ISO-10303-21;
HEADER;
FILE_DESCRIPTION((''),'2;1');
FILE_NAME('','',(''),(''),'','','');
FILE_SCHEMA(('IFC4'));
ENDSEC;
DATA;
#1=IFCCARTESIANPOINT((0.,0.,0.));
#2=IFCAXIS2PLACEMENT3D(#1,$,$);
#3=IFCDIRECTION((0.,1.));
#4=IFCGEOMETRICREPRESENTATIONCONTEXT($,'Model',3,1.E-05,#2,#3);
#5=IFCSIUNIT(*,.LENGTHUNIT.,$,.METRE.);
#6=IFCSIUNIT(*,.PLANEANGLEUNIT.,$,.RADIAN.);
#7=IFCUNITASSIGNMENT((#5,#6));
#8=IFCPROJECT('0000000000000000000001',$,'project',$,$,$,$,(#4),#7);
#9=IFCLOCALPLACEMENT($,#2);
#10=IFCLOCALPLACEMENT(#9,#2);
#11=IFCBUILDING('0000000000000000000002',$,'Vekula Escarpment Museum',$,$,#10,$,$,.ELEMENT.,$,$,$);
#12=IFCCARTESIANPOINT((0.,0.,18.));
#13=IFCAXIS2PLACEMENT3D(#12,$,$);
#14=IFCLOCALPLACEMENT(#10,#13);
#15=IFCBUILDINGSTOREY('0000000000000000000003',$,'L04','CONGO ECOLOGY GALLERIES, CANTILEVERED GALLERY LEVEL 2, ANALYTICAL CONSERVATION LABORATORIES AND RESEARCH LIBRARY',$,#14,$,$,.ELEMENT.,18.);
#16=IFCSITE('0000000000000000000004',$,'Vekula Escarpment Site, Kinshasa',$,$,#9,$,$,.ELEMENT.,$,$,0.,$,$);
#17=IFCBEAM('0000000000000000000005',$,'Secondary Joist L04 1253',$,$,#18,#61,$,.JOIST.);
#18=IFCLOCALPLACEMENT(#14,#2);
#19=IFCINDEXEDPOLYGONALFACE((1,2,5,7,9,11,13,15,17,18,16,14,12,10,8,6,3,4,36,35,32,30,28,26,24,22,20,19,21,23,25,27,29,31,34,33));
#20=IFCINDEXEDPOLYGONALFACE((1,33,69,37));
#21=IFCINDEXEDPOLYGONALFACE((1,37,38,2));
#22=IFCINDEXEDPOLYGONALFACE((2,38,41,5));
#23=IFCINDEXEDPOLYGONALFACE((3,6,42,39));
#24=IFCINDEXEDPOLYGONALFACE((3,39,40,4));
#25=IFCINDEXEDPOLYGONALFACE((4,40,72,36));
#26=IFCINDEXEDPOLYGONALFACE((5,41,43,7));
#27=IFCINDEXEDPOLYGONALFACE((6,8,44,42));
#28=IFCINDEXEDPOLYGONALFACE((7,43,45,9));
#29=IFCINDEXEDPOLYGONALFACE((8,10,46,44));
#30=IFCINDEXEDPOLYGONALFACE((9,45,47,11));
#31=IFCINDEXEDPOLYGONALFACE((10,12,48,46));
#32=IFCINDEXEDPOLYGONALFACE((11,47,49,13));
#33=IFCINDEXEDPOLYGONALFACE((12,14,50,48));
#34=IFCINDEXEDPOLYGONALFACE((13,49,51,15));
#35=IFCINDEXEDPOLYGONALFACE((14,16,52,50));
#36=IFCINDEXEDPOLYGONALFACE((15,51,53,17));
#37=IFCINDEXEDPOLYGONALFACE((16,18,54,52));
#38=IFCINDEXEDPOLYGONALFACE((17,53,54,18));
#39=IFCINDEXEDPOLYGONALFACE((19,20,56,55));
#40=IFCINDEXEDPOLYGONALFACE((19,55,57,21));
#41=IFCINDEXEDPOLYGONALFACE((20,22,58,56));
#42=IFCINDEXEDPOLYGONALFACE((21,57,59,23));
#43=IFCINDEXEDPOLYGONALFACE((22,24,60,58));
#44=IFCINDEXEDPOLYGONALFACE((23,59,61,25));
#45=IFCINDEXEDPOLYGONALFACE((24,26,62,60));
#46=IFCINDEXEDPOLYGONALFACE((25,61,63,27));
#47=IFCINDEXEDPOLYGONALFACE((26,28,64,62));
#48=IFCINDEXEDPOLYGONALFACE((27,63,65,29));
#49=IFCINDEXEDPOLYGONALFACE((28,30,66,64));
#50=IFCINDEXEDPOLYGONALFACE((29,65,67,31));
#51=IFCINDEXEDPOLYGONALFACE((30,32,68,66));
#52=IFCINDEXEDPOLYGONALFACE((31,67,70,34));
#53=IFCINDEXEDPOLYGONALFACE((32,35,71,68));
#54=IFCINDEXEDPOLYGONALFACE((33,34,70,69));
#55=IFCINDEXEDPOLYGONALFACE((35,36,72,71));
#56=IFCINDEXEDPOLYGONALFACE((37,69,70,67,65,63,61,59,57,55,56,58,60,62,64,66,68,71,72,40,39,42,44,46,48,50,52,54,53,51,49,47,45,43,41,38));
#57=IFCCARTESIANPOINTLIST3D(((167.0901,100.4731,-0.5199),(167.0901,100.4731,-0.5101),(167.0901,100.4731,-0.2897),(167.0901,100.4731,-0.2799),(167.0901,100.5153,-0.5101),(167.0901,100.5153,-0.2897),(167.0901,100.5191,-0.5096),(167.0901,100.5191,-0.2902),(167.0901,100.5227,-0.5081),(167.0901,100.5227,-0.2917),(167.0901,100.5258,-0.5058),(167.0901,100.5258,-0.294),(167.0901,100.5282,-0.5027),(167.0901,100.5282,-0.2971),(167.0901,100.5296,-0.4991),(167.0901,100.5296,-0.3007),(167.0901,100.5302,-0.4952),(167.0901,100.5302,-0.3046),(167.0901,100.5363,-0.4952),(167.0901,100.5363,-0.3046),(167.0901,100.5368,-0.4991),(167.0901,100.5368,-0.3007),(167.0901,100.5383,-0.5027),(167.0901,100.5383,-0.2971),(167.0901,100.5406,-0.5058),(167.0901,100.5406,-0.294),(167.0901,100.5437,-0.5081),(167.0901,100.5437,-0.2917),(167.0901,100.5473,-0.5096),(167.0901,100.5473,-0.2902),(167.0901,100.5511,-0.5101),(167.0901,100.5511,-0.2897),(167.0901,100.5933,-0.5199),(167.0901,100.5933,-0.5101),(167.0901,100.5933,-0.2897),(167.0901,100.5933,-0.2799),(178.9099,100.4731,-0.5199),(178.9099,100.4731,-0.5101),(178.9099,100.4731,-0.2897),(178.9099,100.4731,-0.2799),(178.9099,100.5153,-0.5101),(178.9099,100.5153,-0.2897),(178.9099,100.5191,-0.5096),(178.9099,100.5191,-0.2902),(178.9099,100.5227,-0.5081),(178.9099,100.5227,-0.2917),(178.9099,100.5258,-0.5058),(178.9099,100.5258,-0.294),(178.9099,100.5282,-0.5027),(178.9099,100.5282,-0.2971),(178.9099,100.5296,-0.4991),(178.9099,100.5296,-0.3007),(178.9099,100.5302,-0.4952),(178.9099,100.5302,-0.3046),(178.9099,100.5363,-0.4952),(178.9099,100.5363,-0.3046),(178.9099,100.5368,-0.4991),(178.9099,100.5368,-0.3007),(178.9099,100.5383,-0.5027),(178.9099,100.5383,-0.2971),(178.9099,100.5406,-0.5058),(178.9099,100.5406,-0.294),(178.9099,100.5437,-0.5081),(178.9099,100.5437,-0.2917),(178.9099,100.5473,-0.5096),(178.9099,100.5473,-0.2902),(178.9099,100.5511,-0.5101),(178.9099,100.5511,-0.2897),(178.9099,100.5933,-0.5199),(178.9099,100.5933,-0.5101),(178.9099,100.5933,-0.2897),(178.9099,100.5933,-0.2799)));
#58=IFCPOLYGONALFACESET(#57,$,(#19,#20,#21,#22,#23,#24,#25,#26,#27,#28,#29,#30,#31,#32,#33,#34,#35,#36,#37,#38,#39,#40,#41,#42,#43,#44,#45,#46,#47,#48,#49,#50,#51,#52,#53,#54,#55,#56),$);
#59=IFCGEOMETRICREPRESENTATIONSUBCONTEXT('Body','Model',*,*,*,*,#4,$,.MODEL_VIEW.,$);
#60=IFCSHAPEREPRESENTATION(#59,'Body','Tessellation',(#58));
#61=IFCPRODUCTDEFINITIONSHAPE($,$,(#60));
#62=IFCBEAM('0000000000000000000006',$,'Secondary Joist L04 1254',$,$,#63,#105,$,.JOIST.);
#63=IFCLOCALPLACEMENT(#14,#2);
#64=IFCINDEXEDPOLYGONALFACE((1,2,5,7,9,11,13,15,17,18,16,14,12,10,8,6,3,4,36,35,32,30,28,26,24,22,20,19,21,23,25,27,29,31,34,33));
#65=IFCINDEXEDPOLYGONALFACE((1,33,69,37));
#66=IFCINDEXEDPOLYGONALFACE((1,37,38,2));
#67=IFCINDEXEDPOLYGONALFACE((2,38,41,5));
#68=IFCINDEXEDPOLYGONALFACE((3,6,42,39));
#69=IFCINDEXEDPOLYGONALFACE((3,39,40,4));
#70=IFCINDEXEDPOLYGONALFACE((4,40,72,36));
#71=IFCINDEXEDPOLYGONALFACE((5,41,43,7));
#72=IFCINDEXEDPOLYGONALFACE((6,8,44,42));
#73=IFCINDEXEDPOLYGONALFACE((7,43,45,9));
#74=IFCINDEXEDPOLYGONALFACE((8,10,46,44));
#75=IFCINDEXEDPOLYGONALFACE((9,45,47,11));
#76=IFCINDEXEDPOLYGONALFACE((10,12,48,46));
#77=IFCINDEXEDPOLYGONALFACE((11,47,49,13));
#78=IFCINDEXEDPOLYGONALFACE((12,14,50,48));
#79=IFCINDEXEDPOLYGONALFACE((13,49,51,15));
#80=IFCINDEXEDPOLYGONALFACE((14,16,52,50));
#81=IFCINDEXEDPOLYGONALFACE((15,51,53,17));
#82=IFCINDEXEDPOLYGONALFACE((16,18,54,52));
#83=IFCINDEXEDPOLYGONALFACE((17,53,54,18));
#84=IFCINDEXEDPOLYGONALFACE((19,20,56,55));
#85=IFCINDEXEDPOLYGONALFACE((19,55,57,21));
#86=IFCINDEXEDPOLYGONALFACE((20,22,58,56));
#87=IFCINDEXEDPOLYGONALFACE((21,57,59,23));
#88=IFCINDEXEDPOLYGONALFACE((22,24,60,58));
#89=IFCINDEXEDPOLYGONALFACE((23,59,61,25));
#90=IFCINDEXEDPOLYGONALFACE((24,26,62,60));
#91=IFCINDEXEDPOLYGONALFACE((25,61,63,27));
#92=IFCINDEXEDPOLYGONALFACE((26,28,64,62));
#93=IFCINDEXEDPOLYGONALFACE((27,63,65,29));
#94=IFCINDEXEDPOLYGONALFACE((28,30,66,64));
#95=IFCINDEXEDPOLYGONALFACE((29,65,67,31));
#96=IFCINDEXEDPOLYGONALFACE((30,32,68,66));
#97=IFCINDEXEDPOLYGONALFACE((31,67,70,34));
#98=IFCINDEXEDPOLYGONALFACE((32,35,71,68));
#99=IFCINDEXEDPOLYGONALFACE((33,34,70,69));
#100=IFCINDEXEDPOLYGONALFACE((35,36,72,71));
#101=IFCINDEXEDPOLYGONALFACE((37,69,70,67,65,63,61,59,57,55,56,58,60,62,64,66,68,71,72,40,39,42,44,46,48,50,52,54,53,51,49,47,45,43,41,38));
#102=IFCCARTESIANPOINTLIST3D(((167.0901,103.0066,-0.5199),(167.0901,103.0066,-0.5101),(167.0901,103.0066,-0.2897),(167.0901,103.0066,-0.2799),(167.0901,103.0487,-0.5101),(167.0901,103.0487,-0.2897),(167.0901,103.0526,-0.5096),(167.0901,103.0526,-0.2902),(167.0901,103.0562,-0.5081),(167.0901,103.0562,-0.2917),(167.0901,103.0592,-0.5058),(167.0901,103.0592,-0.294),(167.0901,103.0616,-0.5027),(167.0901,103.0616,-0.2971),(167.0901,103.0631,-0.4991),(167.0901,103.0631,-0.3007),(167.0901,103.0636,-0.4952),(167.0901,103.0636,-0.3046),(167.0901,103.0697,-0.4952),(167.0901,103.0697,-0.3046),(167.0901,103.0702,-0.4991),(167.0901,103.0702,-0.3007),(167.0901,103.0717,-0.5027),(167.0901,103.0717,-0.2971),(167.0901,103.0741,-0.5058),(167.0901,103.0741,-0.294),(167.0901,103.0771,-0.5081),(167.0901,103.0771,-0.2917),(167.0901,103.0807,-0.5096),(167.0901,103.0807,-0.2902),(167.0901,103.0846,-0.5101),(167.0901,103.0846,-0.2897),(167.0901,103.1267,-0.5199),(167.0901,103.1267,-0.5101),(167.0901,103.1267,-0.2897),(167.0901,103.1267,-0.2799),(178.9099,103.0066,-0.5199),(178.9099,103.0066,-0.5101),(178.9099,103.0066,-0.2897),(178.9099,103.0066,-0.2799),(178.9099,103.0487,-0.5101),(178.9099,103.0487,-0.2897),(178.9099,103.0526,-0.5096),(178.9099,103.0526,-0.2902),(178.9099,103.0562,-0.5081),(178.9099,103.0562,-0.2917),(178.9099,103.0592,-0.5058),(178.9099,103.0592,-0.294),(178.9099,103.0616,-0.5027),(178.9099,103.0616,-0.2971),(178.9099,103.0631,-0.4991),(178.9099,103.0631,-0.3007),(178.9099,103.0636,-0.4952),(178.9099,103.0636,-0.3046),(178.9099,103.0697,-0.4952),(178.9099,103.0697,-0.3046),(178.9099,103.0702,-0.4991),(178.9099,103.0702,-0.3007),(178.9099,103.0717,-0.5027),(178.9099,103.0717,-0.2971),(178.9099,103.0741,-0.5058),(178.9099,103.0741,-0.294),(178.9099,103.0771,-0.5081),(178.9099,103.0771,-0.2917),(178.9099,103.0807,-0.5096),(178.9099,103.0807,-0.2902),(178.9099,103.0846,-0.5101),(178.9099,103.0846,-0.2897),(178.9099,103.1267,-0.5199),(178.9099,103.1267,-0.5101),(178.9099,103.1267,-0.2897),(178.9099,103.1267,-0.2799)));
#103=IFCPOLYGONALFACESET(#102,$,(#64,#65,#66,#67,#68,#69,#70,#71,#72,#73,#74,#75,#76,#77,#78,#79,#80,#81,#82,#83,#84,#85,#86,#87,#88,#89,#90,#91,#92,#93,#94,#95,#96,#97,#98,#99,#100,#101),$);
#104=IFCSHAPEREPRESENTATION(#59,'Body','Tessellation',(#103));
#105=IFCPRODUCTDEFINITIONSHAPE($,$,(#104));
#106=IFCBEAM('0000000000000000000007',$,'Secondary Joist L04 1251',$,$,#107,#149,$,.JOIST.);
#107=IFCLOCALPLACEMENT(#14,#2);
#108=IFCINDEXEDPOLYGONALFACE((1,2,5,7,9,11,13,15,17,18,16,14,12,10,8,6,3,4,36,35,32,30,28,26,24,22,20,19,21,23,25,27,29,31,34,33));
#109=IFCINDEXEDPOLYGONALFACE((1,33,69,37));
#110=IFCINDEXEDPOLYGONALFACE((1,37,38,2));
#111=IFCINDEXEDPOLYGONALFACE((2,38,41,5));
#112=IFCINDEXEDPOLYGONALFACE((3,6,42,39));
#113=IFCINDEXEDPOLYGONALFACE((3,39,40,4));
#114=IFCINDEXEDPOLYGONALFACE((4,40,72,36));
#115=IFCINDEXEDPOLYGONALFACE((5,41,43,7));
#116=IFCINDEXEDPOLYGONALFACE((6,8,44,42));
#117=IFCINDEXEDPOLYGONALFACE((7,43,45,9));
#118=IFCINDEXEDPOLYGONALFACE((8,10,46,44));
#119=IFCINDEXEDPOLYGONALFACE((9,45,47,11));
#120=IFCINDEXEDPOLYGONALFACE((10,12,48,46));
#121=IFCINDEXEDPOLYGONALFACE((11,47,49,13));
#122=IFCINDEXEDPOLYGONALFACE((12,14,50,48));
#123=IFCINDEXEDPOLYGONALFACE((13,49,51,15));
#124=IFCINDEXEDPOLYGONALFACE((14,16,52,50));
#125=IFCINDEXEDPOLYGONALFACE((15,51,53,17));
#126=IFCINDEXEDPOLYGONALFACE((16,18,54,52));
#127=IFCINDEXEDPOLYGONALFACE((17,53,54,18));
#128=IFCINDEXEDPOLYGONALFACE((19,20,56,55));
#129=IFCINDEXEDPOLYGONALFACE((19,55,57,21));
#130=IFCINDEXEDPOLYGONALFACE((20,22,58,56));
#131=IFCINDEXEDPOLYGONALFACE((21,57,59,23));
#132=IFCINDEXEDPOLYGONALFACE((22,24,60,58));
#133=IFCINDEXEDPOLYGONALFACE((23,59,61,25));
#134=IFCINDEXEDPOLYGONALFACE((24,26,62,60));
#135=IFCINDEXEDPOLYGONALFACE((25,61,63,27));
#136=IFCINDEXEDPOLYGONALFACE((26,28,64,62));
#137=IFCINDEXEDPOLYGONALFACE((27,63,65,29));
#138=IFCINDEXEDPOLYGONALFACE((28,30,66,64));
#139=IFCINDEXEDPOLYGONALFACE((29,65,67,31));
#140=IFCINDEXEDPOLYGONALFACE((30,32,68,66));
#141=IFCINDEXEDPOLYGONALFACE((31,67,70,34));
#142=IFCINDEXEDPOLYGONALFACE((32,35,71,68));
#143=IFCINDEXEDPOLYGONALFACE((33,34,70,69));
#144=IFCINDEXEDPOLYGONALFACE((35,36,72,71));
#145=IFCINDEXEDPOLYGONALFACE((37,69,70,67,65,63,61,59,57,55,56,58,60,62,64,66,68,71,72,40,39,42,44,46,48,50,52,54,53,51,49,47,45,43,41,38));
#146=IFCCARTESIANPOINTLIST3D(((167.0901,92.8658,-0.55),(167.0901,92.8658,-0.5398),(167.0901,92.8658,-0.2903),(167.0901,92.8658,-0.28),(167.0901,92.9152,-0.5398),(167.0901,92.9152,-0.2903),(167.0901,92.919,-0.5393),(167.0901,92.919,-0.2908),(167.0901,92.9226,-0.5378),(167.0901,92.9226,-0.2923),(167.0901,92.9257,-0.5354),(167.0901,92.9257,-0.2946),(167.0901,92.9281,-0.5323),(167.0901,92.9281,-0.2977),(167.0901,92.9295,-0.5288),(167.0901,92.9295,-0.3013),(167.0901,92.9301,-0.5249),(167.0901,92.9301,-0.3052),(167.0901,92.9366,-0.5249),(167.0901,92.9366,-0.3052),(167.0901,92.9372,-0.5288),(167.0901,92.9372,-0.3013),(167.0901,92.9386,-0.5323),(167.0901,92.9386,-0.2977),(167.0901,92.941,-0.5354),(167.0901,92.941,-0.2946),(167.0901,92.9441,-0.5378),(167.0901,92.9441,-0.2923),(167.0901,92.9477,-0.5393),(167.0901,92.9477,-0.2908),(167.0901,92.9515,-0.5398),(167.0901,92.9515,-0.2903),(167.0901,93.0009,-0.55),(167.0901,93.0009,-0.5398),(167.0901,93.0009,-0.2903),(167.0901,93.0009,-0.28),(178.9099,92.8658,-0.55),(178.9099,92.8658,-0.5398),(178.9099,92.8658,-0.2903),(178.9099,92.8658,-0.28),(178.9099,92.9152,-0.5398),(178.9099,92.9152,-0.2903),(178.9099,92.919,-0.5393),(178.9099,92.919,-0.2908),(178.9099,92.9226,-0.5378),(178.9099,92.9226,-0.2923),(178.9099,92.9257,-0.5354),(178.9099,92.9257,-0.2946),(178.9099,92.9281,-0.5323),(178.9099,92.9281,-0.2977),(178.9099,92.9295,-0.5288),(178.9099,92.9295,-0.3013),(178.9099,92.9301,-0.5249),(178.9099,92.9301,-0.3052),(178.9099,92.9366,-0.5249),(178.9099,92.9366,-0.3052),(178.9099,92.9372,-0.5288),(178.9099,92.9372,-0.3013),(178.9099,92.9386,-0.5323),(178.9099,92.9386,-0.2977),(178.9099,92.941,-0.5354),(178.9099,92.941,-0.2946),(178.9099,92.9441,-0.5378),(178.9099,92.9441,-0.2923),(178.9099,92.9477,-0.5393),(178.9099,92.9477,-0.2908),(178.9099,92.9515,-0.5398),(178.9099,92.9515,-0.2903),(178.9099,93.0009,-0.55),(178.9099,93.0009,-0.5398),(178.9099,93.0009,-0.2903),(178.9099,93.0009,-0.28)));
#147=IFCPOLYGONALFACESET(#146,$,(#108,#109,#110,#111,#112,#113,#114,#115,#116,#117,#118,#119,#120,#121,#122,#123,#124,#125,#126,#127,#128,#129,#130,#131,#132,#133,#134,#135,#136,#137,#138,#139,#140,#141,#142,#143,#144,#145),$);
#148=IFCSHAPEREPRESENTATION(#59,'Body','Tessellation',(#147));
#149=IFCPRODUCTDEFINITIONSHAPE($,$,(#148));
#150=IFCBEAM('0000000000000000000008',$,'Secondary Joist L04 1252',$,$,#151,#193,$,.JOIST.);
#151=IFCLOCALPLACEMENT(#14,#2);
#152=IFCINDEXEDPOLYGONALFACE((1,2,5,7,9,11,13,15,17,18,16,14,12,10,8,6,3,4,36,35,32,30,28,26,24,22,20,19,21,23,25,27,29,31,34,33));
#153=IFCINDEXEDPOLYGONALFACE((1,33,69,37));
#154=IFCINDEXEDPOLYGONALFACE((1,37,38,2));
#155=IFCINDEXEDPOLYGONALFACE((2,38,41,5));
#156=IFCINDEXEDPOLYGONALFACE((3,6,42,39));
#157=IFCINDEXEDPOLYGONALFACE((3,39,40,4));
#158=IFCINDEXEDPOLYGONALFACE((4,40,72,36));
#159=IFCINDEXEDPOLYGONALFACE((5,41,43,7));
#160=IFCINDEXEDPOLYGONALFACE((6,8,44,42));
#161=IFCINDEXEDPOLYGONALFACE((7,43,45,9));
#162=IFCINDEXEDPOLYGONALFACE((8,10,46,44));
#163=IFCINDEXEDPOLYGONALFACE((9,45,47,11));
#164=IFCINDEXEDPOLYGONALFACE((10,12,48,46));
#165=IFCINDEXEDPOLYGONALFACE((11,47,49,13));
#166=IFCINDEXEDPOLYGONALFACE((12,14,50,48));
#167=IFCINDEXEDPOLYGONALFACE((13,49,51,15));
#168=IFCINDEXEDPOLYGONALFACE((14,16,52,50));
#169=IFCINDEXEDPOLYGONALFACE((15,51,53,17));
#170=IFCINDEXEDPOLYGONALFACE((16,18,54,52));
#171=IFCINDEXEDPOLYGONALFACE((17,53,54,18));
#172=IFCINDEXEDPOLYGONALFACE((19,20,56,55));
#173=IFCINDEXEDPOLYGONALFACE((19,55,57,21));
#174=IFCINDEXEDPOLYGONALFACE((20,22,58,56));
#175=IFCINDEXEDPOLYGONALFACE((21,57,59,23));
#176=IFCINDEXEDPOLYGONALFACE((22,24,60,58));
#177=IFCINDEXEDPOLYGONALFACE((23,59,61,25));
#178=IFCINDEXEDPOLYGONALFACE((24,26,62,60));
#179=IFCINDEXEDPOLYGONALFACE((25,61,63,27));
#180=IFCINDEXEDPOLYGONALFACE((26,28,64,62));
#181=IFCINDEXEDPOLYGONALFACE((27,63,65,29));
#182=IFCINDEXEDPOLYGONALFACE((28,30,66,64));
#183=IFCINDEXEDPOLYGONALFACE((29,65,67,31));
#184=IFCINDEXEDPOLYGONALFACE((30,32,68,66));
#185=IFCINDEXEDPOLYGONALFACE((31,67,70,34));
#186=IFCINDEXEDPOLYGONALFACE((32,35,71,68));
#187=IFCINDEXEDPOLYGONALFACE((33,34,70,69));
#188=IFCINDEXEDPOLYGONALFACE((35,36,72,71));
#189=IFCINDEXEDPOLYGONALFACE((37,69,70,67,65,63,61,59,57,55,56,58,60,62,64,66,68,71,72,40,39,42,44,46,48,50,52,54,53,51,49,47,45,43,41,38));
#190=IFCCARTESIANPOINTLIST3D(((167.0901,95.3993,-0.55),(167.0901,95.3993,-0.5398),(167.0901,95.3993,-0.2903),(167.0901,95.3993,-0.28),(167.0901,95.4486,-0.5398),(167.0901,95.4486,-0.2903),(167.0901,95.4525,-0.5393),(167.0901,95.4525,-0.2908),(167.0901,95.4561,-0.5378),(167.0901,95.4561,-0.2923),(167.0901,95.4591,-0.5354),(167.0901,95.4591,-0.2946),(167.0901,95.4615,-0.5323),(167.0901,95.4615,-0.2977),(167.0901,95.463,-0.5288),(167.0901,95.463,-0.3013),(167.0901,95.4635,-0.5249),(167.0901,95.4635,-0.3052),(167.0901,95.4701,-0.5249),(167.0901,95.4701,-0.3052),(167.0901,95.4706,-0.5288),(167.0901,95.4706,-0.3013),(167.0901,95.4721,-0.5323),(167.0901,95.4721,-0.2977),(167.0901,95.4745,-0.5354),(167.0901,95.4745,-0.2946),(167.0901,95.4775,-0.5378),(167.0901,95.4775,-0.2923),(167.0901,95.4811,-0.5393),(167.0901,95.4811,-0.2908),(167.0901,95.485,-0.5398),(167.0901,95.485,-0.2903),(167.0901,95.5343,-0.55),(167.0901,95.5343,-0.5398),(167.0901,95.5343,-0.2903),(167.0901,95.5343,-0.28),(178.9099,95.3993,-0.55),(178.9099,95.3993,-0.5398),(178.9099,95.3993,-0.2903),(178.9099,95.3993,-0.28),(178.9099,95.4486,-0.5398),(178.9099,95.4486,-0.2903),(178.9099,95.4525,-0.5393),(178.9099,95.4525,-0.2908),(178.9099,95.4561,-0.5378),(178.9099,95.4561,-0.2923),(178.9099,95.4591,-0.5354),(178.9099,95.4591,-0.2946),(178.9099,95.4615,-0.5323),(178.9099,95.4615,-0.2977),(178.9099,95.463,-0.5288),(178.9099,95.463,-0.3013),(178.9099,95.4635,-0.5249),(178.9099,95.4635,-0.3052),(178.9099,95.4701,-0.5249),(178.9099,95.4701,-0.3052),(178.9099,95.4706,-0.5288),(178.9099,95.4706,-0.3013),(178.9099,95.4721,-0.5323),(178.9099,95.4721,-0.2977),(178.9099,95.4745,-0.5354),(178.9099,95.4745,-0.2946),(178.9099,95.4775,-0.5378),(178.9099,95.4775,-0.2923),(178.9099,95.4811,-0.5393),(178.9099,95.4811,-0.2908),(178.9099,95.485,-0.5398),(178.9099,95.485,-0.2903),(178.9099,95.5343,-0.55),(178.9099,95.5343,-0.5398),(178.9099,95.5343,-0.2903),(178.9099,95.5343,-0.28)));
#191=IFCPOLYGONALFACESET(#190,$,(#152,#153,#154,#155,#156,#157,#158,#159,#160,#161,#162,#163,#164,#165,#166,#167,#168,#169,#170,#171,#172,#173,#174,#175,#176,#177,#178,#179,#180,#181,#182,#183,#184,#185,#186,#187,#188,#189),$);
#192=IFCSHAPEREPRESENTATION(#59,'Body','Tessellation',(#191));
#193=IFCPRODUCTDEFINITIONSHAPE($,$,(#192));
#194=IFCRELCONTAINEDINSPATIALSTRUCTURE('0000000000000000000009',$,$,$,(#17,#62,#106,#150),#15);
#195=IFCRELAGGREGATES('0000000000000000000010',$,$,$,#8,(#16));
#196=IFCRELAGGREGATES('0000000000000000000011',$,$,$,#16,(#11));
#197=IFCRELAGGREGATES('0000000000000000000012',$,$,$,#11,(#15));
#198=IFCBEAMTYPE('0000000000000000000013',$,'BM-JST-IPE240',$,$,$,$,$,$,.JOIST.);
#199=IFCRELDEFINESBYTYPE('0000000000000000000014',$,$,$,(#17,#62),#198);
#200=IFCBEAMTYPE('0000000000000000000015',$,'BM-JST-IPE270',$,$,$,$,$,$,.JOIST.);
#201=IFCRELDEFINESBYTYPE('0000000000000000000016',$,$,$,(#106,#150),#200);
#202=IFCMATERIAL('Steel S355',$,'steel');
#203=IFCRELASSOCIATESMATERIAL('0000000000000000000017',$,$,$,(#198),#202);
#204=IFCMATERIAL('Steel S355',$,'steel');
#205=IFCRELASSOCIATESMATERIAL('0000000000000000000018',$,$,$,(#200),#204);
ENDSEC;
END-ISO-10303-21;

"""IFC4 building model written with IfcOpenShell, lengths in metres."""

from ifc_helpers import new_model, si_unit, direction, frame, origin, origin_2d, place, context, subcontext, project, spatial, i_section, extrude, material, material_profile, profile_set, type_object, element, save


model = new_model("IFC4")

# Units and contexts
model_context = context("Model", 3, precision=1e-05, world=origin(), true_north=direction((0.0, 1.0)))
body_context = subcontext(model_context, "Body", "Model", "MODEL_VIEW")
ifc_project = project(units=[si_unit("LENGTHUNIT", "METRE"), si_unit("PLANEANGLEUNIT", "RADIAN")], contexts=[model_context])

# Site, building, storey
site_placement = place(None, origin())
site = spatial("IfcSite", under=ifc_project, at=site_placement, Name="Vekula Escarpment Site, Kinshasa", CompositionType="ELEMENT", RefElevation=0.0)
building_placement = place(site_placement, origin())
building = spatial("IfcBuilding", under=site, at=building_placement, Name="Vekula Escarpment Museum", CompositionType="ELEMENT")
storey_placement = place(building_placement, frame((0.0, 0.0, 18.0)))
storey = spatial("IfcBuildingStorey", under=building, at=storey_placement, Name="L04", Description="CONGO ECOLOGY GALLERIES, CANTILEVERED GALLERY LEVEL 2, ANALYTICAL CONSERVATION LABORATORIES AND RESEARCH LIBRARY", CompositionType="ELEMENT", Elevation=18.0)

# Beams
ifc_material_1 = material(Name="Steel S355", Category="steel")
ifc_material_profile_1 = material_profile(ifc_material_1, i_section(OverallWidth=0.1201, OverallDepth=0.24, WebThickness=0.0061, FlangeThickness=0.0098, FilletRadius=0.0149, at=origin_2d()), Name="IPE 240")
ifc_profile_set_1 = profile_set([ifc_material_profile_1], Name="Steel S355")
beam_type_1 = type_object("IfcBeamType", Name="BM-JST-IPE240", PredefinedType="JOIST", material=ifc_profile_set_1)
for number, where, z_axis, x_axis, name in (
    (1, (167.0901, 100.5332, -0.3999), (1.0, 0.0, 0.0), (0.0, 1.0, 0.0), "Secondary Joist L04 1253"),
    (2, (167.0901, 103.0667, -0.3999), (1.0, 0.0, 0.0), (0.0, 1.0, 0.0), "Secondary Joist L04 1254"),
):
    element("IfcBeam", number, at=place(storey_placement, frame(where, z_axis=z_axis, x_axis=x_axis)), inside=storey, type_object=beam_type_1, Name=name, PredefinedType="JOIST", context=body_context, shape_type="SweptSolid", body=[
        extrude(i_section(OverallWidth=0.1201, OverallDepth=0.24, WebThickness=0.0061, FlangeThickness=0.0098, FilletRadius=0.0149, at=origin_2d()), origin(), (0.0, 0.0, 1.0), 11.8198),
    ])
ifc_material_2 = material(Name="Steel S355", Category="steel")
ifc_material_profile_2 = material_profile(ifc_material_2, i_section(OverallWidth=0.135, OverallDepth=0.27, WebThickness=0.0066, FlangeThickness=0.0103, FilletRadius=0.0149, at=origin_2d()), Name="IPE 270")
ifc_profile_set_2 = profile_set([ifc_material_profile_2], Name="Steel S355")
beam_type_2 = type_object("IfcBeamType", Name="BM-JST-IPE270", PredefinedType="JOIST", material=ifc_profile_set_2)
for number, where, z_axis, x_axis, name in (
    (3, (167.0901, 92.9333, -0.415), (1.0, 0.0, 0.0), (0.0, 1.0, 0.0), "Secondary Joist L04 1251"),
    (4, (167.0901, 95.4668, -0.415), (1.0, 0.0, 0.0), (0.0, 1.0, 0.0), "Secondary Joist L04 1252"),
):
    element("IfcBeam", number, at=place(storey_placement, frame(where, z_axis=z_axis, x_axis=x_axis)), inside=storey, type_object=beam_type_2, Name=name, PredefinedType="JOIST", context=body_context, shape_type="SweptSolid", body=[
        extrude(i_section(OverallWidth=0.135, OverallDepth=0.27, WebThickness=0.0066, FlangeThickness=0.0103, FilletRadius=0.0149, at=origin_2d()), origin(), (0.0, 0.0, 1.0), 11.8198),
    ])

save(model, "model.ifc")
